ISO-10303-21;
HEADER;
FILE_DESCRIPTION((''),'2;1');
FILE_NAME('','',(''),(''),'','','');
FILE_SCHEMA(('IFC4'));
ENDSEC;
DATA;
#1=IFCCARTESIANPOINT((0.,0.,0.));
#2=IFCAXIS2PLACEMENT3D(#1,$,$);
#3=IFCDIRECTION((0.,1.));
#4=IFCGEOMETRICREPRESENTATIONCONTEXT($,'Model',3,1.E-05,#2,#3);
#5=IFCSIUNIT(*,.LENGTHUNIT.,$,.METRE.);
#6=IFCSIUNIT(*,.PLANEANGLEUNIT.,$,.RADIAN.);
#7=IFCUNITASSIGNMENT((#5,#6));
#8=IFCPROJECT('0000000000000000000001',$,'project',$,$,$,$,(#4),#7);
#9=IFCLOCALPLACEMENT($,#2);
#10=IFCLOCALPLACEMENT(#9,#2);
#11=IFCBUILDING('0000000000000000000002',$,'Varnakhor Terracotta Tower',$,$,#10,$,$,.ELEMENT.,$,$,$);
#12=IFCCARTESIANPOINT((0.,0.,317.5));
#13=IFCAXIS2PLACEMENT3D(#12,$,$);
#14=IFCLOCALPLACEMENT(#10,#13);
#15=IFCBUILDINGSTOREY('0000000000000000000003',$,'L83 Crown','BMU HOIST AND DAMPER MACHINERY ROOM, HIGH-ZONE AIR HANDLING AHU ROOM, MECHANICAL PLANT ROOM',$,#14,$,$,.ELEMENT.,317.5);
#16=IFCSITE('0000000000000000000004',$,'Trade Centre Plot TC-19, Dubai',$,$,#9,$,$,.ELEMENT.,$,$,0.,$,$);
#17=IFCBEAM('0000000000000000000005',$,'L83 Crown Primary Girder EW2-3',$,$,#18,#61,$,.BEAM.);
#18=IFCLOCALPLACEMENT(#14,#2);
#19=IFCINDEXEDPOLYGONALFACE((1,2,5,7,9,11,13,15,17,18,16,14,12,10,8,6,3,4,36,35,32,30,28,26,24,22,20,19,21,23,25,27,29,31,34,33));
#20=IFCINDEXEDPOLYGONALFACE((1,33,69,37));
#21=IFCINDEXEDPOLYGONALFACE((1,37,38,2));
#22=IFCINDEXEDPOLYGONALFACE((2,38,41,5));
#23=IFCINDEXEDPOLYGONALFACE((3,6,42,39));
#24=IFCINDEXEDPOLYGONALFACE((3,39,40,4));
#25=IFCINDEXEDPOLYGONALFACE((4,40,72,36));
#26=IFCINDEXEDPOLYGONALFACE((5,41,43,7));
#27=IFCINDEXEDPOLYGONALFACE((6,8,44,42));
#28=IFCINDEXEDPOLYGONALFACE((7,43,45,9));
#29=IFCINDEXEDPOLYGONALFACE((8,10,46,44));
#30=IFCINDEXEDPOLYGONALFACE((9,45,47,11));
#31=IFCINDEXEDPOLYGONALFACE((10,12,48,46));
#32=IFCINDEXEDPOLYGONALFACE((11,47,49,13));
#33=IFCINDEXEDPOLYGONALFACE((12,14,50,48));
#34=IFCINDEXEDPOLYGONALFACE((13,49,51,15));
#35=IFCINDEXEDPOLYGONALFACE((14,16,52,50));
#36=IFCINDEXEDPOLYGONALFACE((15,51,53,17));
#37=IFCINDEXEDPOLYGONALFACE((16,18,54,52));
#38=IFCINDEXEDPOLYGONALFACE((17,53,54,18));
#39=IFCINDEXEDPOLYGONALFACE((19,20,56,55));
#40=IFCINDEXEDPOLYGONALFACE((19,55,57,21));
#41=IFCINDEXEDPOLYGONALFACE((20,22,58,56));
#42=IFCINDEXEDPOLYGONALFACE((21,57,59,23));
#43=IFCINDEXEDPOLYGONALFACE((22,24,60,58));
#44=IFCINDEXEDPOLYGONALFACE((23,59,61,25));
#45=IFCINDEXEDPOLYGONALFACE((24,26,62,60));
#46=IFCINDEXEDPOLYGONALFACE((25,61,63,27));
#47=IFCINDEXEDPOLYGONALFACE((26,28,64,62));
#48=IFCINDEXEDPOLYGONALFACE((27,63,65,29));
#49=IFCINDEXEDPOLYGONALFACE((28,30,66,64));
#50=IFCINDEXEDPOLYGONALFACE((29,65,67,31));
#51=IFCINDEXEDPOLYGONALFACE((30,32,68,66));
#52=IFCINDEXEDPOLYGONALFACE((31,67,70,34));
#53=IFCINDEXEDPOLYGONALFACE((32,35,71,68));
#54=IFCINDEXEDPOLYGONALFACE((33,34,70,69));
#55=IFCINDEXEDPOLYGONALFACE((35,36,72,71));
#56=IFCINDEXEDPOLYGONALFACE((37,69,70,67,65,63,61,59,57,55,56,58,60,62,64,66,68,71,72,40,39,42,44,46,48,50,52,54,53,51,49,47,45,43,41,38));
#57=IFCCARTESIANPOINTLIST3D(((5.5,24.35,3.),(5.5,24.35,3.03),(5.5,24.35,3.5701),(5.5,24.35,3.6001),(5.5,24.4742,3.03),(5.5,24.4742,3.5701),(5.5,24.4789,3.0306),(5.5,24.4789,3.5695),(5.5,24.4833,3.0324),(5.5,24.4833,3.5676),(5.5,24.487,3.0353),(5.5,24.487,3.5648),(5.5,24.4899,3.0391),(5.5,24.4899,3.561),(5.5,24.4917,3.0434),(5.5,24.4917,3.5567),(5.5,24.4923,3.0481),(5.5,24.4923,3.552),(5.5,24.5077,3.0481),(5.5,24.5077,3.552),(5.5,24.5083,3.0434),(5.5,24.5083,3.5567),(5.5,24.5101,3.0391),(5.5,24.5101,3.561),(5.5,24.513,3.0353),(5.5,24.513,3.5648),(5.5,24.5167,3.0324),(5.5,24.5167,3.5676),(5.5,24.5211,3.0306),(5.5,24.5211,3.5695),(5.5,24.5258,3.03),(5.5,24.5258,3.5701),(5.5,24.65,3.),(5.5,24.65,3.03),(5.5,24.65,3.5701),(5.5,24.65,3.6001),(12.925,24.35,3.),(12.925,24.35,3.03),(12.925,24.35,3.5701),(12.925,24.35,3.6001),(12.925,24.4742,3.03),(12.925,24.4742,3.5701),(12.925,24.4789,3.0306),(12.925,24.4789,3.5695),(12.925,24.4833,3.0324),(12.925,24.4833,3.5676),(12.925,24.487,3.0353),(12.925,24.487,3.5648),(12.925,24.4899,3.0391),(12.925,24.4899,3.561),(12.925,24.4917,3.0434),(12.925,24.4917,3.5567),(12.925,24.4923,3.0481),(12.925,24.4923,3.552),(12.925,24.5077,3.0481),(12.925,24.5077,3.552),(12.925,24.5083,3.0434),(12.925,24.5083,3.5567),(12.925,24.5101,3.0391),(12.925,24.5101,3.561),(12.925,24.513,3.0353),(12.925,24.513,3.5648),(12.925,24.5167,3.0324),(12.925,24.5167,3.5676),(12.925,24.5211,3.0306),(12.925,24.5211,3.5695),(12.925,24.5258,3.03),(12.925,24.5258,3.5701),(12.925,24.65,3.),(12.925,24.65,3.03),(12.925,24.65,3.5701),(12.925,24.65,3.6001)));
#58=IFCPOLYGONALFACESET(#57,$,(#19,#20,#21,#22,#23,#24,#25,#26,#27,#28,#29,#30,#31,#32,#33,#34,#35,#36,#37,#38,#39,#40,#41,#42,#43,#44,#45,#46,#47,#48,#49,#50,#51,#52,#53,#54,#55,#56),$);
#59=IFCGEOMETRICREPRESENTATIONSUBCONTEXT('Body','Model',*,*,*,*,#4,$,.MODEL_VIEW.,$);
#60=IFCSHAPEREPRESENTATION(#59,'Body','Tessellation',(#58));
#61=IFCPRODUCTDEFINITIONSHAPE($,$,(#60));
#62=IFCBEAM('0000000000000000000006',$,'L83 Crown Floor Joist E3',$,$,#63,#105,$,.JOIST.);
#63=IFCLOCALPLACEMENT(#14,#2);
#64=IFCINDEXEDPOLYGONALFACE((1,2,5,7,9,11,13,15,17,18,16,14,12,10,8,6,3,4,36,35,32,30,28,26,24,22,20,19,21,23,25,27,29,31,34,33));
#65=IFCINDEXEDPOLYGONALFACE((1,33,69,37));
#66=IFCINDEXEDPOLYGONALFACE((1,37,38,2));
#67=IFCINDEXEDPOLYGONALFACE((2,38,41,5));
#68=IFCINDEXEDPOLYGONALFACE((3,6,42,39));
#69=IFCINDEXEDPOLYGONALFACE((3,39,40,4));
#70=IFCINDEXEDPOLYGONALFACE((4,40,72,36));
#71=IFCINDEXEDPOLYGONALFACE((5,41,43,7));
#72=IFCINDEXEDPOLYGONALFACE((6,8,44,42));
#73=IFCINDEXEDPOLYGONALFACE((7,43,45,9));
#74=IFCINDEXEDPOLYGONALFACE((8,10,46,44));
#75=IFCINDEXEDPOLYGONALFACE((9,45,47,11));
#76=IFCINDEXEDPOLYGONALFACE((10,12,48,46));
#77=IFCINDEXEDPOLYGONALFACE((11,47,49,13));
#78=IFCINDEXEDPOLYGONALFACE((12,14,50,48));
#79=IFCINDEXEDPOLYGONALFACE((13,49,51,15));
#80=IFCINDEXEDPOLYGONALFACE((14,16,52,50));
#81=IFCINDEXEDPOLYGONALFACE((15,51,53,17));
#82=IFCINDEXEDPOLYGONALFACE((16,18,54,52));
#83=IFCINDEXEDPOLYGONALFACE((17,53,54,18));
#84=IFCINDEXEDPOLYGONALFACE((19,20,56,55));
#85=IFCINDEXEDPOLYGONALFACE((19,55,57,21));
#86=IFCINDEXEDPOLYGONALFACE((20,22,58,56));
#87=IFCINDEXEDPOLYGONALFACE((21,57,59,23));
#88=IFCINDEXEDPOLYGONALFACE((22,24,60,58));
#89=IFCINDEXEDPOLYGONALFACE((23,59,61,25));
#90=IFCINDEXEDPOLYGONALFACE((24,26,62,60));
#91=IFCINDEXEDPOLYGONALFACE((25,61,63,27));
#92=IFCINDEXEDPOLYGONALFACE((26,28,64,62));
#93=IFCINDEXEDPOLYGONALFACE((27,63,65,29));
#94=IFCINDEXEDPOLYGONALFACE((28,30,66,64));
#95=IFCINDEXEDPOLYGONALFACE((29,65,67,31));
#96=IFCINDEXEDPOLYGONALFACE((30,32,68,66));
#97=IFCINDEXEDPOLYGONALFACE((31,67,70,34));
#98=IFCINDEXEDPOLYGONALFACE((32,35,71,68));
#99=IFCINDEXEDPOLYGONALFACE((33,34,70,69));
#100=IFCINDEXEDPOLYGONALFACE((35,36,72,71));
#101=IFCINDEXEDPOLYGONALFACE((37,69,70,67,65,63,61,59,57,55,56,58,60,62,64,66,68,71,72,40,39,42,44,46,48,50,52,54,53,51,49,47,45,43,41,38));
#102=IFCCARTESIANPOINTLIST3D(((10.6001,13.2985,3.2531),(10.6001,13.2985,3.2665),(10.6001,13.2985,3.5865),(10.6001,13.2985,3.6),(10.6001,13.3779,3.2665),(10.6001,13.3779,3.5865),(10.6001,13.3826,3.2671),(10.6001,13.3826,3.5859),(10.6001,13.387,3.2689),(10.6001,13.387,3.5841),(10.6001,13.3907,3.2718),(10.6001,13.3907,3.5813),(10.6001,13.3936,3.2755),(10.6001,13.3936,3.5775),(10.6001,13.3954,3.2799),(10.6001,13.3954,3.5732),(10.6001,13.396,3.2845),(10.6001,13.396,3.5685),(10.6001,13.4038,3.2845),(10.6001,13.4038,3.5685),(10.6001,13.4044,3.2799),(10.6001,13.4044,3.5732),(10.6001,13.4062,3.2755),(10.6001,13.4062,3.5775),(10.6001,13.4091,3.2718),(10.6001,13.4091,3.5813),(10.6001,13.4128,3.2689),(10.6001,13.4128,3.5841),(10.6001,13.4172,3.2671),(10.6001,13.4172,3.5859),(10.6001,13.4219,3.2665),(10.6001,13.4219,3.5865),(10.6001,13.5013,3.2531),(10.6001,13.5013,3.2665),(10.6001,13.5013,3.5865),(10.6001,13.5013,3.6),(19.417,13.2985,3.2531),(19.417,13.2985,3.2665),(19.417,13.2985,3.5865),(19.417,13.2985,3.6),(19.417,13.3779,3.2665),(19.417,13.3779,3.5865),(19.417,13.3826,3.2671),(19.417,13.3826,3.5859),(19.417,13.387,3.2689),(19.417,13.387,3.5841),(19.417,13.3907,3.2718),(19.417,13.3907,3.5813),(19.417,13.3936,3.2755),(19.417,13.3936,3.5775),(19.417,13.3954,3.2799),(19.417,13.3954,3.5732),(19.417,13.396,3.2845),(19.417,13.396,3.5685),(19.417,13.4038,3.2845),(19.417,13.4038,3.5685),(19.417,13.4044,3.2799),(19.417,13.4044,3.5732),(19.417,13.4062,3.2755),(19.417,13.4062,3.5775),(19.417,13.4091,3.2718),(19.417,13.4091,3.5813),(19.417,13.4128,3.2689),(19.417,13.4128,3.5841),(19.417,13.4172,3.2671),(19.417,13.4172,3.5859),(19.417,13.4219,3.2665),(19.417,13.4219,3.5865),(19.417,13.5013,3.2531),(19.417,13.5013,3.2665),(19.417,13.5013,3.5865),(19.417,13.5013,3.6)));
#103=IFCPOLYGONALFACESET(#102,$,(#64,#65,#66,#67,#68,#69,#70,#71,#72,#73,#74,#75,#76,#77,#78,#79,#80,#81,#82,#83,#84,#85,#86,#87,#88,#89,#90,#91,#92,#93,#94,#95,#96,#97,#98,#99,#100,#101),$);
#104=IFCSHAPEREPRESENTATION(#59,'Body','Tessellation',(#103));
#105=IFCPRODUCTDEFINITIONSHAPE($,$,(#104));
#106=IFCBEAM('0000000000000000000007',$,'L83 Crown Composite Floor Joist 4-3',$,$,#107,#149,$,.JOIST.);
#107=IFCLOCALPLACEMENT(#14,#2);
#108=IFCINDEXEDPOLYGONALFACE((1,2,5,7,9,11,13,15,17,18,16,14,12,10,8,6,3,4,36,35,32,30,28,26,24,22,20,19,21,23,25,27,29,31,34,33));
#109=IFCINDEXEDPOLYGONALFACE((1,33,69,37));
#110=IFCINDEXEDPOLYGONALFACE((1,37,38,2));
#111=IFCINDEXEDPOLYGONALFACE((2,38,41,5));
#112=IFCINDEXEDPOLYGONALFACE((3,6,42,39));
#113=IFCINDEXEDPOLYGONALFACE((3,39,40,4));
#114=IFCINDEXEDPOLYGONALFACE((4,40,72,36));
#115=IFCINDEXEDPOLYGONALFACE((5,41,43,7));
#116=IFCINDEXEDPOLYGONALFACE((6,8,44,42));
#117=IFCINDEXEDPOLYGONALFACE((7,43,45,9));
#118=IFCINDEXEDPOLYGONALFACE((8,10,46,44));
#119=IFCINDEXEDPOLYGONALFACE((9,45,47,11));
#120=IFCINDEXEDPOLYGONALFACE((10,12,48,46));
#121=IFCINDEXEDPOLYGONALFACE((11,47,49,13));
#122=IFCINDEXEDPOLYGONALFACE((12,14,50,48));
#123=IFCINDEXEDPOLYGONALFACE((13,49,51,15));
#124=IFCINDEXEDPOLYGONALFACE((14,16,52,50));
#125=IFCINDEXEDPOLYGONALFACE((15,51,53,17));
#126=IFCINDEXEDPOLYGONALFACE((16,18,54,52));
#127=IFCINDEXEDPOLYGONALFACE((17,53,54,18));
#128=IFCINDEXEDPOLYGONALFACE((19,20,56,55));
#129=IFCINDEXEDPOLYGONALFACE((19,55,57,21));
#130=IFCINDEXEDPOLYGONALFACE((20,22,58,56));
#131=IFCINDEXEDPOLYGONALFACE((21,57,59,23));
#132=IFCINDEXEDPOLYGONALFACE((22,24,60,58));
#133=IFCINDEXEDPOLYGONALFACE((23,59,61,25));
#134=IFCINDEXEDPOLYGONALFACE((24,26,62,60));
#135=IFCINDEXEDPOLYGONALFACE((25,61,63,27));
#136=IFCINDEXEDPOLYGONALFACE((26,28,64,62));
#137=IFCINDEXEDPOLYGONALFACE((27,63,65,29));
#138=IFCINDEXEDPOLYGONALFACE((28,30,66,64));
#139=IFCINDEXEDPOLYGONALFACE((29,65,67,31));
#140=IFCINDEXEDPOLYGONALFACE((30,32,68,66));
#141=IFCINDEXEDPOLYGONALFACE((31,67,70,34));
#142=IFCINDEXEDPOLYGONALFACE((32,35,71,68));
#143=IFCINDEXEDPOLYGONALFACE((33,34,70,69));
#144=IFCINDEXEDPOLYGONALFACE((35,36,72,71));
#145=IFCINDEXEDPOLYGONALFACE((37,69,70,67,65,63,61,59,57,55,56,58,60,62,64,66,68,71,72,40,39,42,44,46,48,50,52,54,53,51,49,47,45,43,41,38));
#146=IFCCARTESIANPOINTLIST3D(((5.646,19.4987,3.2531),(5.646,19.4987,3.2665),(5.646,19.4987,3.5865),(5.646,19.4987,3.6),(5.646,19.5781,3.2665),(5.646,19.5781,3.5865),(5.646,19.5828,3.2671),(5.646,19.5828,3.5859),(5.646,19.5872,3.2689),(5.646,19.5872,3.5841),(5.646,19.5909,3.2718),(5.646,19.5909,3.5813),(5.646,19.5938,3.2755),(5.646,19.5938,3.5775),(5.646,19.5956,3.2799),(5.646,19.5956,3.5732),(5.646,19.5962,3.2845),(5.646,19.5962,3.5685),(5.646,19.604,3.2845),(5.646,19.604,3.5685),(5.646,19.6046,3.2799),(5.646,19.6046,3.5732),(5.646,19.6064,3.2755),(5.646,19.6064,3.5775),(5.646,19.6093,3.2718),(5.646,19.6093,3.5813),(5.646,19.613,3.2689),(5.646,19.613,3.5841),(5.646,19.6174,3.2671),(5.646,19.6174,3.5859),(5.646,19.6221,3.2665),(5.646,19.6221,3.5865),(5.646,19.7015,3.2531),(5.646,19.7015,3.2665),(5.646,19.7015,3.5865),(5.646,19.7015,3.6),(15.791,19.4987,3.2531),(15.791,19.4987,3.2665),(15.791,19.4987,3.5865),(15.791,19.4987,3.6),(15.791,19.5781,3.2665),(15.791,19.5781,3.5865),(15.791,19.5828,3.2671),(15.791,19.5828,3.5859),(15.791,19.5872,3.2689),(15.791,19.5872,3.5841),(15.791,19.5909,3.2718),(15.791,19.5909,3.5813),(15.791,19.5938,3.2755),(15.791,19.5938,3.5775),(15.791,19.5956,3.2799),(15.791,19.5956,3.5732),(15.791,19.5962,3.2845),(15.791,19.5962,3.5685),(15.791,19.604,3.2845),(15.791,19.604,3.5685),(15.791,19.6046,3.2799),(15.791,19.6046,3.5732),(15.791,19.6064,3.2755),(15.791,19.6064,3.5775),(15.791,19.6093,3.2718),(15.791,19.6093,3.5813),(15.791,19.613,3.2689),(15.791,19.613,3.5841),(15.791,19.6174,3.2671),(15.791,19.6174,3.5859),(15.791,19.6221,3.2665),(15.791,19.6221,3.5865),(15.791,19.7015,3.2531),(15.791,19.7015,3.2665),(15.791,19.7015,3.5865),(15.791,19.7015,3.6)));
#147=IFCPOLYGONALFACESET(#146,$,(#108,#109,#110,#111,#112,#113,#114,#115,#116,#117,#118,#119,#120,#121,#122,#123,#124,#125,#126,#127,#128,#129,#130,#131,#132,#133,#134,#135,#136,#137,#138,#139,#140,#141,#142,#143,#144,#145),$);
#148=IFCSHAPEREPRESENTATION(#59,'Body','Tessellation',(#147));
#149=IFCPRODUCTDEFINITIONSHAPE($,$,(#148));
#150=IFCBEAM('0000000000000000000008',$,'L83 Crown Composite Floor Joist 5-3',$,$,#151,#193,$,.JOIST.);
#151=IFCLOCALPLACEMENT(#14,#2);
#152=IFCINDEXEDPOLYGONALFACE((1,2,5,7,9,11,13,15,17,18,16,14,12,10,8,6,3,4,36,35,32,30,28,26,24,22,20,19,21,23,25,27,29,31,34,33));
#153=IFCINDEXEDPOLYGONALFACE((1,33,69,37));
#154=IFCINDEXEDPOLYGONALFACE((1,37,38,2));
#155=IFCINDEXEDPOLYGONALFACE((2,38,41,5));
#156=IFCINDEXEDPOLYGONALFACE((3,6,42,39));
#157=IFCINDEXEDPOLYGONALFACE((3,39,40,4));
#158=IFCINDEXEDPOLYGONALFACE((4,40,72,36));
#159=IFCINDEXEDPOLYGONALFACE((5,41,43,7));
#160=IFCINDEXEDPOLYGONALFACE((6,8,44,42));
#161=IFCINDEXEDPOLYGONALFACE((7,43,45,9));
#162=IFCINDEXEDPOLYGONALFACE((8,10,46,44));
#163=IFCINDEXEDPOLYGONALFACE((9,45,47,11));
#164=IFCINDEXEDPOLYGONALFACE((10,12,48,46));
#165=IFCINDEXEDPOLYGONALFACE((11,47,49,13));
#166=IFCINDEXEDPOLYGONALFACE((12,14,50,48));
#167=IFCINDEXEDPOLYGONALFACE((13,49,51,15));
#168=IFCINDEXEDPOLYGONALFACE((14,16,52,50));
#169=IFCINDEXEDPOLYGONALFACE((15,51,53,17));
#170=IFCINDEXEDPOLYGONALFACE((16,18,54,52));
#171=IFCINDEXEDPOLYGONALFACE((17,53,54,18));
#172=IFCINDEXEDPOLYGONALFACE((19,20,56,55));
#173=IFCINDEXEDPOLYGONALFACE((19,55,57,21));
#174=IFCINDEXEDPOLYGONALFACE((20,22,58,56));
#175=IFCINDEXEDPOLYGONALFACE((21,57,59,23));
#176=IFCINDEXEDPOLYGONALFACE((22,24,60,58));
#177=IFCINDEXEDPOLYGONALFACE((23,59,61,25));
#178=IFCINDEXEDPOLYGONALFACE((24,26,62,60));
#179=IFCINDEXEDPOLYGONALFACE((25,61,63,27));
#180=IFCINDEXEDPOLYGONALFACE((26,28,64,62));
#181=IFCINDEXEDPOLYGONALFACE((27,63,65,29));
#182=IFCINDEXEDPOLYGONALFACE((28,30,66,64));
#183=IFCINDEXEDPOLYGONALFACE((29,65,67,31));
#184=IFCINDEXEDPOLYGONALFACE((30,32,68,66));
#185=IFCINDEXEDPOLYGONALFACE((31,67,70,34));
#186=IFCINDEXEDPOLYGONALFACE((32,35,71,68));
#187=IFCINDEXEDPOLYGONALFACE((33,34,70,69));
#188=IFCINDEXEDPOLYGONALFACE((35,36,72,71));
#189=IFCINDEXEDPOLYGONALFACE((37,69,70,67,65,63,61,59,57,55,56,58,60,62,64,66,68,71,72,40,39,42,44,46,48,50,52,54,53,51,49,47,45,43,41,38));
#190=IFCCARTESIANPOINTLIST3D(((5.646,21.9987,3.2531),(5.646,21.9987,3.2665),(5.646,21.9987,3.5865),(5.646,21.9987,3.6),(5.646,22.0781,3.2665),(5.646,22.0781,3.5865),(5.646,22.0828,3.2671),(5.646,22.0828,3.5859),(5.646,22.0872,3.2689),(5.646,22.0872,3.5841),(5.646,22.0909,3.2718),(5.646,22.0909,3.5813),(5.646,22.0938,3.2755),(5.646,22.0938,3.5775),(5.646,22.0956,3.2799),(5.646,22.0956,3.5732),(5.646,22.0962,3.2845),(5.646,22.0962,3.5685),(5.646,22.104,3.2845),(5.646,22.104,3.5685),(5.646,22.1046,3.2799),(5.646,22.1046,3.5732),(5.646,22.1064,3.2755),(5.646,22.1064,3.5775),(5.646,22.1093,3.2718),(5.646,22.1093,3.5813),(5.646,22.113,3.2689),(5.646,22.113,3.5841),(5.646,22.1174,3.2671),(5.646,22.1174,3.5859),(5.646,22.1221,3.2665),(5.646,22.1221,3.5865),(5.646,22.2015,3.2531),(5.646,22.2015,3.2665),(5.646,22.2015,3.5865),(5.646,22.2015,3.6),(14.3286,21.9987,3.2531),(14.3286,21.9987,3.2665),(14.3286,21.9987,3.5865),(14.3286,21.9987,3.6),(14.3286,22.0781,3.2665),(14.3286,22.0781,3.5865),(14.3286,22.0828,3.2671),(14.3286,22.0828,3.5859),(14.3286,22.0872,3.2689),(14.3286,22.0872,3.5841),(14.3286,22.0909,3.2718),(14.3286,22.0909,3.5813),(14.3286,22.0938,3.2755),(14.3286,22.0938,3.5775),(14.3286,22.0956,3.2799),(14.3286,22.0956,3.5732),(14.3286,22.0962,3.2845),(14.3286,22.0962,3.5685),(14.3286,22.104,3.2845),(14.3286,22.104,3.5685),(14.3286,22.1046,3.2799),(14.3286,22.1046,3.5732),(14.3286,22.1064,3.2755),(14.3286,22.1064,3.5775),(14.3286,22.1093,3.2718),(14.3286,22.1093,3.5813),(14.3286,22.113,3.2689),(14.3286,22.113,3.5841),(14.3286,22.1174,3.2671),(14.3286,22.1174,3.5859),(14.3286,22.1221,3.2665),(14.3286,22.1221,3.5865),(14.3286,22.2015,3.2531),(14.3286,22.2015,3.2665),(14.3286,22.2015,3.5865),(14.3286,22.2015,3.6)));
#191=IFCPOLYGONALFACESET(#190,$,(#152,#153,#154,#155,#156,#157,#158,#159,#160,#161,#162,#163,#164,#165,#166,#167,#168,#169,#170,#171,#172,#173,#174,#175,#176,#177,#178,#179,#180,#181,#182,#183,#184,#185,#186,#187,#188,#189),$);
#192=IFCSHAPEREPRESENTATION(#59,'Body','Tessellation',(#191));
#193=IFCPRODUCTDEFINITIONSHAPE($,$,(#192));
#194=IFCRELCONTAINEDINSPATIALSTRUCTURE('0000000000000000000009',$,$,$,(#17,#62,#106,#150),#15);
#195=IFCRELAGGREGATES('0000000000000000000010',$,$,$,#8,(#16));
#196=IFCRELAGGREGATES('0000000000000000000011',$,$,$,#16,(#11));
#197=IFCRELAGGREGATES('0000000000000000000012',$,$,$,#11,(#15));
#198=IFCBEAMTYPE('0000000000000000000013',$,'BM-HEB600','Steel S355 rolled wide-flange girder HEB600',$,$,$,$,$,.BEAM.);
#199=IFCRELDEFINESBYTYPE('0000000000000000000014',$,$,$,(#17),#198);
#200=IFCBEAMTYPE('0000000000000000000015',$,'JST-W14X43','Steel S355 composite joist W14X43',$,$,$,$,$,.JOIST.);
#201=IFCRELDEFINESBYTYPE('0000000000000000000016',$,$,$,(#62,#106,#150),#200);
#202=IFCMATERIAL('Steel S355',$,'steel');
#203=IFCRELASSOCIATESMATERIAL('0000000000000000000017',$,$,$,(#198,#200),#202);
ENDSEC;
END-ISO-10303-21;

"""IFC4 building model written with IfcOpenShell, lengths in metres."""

from ifc_helpers import new_model, si_unit, direction, frame, origin, origin_2d, place, context, subcontext, project, spatial, i_section, extrude, source, transform, mapped, material, material_profile, profile_set, type_object, element, save


model = new_model("IFC4")

# Units and contexts
model_context = context("Model", 3, precision=1e-05, world=origin(), true_north=direction((0.0, 1.0)))
body_context = subcontext(model_context, "Body", "Model", "MODEL_VIEW")
ifc_project = project(units=[si_unit("LENGTHUNIT", "METRE"), si_unit("PLANEANGLEUNIT", "RADIAN")], contexts=[model_context])

# Site, building, storey
site_placement = place(None, origin())
site = spatial("IfcSite", under=ifc_project, at=site_placement, Name="Trade Centre Plot TC-19, Dubai", CompositionType="ELEMENT", RefElevation=0.0)
building_placement = place(site_placement, origin())
building = spatial("IfcBuilding", under=site, at=building_placement, Name="Varnakhor Terracotta Tower", CompositionType="ELEMENT")
storey_placement = place(building_placement, frame((0.0, 0.0, 317.5)))
storey = spatial("IfcBuildingStorey", under=building, at=storey_placement, Name="L83 Crown", Description="BMU HOIST AND DAMPER MACHINERY ROOM, HIGH-ZONE AIR HANDLING AHU ROOM, MECHANICAL PLANT ROOM", CompositionType="ELEMENT", Elevation=317.5)

# Beams
ifc_material_1 = material(Name="Steel S355", Category="steel")
ifc_material_profile_1 = material_profile(ifc_material_1, i_section(OverallWidth=0.3, OverallDepth=0.6001, WebThickness=0.0154, FlangeThickness=0.03, FilletRadius=0.0181, at=origin_2d()), Name="HEB600")
ifc_profile_set_1 = profile_set([ifc_material_profile_1], Name="Steel S355")
beam_type_1 = type_object("IfcBeamType", Name="BM-HEB600", Description="Steel S355 rolled wide-flange girder HEB600", PredefinedType="BEAM", material=ifc_profile_set_1)
shared_shape_1 = source(origin(), body_context, "Body", "SweptSolid", [
    extrude(i_section(OverallWidth=0.3, OverallDepth=0.6001, WebThickness=0.0154, FlangeThickness=0.03, FilletRadius=0.0181, at=origin_2d()), origin(), (0.0, 0.0, 1.0), 7.425),
])
beam_1_placement = place(storey_placement, frame((5.5, 24.5, 3.3), z_axis=(1.0, 0.0, 0.0), x_axis=(0.0, 1.0, 0.0)))
element("IfcBeam", 1, at=beam_1_placement, inside=storey, type_object=beam_type_1, Name="L83 Crown Primary Girder EW2-3", PredefinedType="BEAM", context=body_context, shape_type="MappedRepresentation", body=[
    mapped(shared_shape_1, transform((0.0, 0.0, 0.0), scale=1.0)),
])
ifc_material_profile_2 = material_profile(ifc_material_1, i_section(OverallWidth=0.2029, OverallDepth=0.3469, WebThickness=0.0078, FlangeThickness=0.0134, FilletRadius=0.0181, at=origin_2d()), Name="W14X43")
ifc_profile_set_2 = profile_set([ifc_material_profile_2], Name="Steel S355")
beam_type_2 = type_object("IfcBeamType", Name="JST-W14X43", Description="Steel S355 composite joist W14X43", PredefinedType="JOIST", material=ifc_profile_set_2)
shared_shape_2 = source(origin(), body_context, "Body", "SweptSolid", [
    extrude(i_section(OverallWidth=0.2029, OverallDepth=0.3469, WebThickness=0.0078, FlangeThickness=0.0134, FilletRadius=0.0181, at=origin_2d()), origin(), (0.0, 0.0, 1.0), 8.8169),
])
beam_2_placement = place(storey_placement, frame((10.6001, 13.3999, 3.4265), z_axis=(1.0, 0.0, 0.0), x_axis=(0.0, 1.0, 0.0)))
element("IfcBeam", 2, at=beam_2_placement, inside=storey, type_object=beam_type_2, Name="L83 Crown Floor Joist E3", PredefinedType="JOIST", context=body_context, shape_type="MappedRepresentation", body=[
    mapped(shared_shape_2, transform((0.0, 0.0, 0.0), scale=1.0)),
])
shared_shape_3 = source(origin(), body_context, "Body", "SweptSolid", [
    extrude(i_section(OverallWidth=0.2029, OverallDepth=0.3469, WebThickness=0.0078, FlangeThickness=0.0134, FilletRadius=0.0181, at=origin_2d()), origin(), (0.0, 0.0, 1.0), 10.145),
])
beam_3_placement = place(storey_placement, frame((5.646, 19.6001, 3.4265), z_axis=(1.0, 0.0, 0.0), x_axis=(0.0, 1.0, 0.0)))
element("IfcBeam", 3, at=beam_3_placement, inside=storey, type_object=beam_type_2, Name="L83 Crown Composite Floor Joist 4-3", PredefinedType="JOIST", context=body_context, shape_type="MappedRepresentation", body=[
    mapped(shared_shape_3, transform((0.0, 0.0, 0.0), scale=1.0)),
])
shared_shape_4 = source(origin(), body_context, "Body", "SweptSolid", [
    extrude(i_section(OverallWidth=0.2029, OverallDepth=0.3469, WebThickness=0.0078, FlangeThickness=0.0134, FilletRadius=0.0181, at=origin_2d()), origin(), (0.0, 0.0, 1.0), 8.6826),
])
beam_4_placement = place(storey_placement, frame((5.646, 22.1001, 3.4265), z_axis=(1.0, 0.0, 0.0), x_axis=(0.0, 1.0, 0.0)))
element("IfcBeam", 4, at=beam_4_placement, inside=storey, type_object=beam_type_2, Name="L83 Crown Composite Floor Joist 5-3", PredefinedType="JOIST", context=body_context, shape_type="MappedRepresentation", body=[
    mapped(shared_shape_4, transform((0.0, 0.0, 0.0), scale=1.0)),
])

save(model, "model.ifc")
